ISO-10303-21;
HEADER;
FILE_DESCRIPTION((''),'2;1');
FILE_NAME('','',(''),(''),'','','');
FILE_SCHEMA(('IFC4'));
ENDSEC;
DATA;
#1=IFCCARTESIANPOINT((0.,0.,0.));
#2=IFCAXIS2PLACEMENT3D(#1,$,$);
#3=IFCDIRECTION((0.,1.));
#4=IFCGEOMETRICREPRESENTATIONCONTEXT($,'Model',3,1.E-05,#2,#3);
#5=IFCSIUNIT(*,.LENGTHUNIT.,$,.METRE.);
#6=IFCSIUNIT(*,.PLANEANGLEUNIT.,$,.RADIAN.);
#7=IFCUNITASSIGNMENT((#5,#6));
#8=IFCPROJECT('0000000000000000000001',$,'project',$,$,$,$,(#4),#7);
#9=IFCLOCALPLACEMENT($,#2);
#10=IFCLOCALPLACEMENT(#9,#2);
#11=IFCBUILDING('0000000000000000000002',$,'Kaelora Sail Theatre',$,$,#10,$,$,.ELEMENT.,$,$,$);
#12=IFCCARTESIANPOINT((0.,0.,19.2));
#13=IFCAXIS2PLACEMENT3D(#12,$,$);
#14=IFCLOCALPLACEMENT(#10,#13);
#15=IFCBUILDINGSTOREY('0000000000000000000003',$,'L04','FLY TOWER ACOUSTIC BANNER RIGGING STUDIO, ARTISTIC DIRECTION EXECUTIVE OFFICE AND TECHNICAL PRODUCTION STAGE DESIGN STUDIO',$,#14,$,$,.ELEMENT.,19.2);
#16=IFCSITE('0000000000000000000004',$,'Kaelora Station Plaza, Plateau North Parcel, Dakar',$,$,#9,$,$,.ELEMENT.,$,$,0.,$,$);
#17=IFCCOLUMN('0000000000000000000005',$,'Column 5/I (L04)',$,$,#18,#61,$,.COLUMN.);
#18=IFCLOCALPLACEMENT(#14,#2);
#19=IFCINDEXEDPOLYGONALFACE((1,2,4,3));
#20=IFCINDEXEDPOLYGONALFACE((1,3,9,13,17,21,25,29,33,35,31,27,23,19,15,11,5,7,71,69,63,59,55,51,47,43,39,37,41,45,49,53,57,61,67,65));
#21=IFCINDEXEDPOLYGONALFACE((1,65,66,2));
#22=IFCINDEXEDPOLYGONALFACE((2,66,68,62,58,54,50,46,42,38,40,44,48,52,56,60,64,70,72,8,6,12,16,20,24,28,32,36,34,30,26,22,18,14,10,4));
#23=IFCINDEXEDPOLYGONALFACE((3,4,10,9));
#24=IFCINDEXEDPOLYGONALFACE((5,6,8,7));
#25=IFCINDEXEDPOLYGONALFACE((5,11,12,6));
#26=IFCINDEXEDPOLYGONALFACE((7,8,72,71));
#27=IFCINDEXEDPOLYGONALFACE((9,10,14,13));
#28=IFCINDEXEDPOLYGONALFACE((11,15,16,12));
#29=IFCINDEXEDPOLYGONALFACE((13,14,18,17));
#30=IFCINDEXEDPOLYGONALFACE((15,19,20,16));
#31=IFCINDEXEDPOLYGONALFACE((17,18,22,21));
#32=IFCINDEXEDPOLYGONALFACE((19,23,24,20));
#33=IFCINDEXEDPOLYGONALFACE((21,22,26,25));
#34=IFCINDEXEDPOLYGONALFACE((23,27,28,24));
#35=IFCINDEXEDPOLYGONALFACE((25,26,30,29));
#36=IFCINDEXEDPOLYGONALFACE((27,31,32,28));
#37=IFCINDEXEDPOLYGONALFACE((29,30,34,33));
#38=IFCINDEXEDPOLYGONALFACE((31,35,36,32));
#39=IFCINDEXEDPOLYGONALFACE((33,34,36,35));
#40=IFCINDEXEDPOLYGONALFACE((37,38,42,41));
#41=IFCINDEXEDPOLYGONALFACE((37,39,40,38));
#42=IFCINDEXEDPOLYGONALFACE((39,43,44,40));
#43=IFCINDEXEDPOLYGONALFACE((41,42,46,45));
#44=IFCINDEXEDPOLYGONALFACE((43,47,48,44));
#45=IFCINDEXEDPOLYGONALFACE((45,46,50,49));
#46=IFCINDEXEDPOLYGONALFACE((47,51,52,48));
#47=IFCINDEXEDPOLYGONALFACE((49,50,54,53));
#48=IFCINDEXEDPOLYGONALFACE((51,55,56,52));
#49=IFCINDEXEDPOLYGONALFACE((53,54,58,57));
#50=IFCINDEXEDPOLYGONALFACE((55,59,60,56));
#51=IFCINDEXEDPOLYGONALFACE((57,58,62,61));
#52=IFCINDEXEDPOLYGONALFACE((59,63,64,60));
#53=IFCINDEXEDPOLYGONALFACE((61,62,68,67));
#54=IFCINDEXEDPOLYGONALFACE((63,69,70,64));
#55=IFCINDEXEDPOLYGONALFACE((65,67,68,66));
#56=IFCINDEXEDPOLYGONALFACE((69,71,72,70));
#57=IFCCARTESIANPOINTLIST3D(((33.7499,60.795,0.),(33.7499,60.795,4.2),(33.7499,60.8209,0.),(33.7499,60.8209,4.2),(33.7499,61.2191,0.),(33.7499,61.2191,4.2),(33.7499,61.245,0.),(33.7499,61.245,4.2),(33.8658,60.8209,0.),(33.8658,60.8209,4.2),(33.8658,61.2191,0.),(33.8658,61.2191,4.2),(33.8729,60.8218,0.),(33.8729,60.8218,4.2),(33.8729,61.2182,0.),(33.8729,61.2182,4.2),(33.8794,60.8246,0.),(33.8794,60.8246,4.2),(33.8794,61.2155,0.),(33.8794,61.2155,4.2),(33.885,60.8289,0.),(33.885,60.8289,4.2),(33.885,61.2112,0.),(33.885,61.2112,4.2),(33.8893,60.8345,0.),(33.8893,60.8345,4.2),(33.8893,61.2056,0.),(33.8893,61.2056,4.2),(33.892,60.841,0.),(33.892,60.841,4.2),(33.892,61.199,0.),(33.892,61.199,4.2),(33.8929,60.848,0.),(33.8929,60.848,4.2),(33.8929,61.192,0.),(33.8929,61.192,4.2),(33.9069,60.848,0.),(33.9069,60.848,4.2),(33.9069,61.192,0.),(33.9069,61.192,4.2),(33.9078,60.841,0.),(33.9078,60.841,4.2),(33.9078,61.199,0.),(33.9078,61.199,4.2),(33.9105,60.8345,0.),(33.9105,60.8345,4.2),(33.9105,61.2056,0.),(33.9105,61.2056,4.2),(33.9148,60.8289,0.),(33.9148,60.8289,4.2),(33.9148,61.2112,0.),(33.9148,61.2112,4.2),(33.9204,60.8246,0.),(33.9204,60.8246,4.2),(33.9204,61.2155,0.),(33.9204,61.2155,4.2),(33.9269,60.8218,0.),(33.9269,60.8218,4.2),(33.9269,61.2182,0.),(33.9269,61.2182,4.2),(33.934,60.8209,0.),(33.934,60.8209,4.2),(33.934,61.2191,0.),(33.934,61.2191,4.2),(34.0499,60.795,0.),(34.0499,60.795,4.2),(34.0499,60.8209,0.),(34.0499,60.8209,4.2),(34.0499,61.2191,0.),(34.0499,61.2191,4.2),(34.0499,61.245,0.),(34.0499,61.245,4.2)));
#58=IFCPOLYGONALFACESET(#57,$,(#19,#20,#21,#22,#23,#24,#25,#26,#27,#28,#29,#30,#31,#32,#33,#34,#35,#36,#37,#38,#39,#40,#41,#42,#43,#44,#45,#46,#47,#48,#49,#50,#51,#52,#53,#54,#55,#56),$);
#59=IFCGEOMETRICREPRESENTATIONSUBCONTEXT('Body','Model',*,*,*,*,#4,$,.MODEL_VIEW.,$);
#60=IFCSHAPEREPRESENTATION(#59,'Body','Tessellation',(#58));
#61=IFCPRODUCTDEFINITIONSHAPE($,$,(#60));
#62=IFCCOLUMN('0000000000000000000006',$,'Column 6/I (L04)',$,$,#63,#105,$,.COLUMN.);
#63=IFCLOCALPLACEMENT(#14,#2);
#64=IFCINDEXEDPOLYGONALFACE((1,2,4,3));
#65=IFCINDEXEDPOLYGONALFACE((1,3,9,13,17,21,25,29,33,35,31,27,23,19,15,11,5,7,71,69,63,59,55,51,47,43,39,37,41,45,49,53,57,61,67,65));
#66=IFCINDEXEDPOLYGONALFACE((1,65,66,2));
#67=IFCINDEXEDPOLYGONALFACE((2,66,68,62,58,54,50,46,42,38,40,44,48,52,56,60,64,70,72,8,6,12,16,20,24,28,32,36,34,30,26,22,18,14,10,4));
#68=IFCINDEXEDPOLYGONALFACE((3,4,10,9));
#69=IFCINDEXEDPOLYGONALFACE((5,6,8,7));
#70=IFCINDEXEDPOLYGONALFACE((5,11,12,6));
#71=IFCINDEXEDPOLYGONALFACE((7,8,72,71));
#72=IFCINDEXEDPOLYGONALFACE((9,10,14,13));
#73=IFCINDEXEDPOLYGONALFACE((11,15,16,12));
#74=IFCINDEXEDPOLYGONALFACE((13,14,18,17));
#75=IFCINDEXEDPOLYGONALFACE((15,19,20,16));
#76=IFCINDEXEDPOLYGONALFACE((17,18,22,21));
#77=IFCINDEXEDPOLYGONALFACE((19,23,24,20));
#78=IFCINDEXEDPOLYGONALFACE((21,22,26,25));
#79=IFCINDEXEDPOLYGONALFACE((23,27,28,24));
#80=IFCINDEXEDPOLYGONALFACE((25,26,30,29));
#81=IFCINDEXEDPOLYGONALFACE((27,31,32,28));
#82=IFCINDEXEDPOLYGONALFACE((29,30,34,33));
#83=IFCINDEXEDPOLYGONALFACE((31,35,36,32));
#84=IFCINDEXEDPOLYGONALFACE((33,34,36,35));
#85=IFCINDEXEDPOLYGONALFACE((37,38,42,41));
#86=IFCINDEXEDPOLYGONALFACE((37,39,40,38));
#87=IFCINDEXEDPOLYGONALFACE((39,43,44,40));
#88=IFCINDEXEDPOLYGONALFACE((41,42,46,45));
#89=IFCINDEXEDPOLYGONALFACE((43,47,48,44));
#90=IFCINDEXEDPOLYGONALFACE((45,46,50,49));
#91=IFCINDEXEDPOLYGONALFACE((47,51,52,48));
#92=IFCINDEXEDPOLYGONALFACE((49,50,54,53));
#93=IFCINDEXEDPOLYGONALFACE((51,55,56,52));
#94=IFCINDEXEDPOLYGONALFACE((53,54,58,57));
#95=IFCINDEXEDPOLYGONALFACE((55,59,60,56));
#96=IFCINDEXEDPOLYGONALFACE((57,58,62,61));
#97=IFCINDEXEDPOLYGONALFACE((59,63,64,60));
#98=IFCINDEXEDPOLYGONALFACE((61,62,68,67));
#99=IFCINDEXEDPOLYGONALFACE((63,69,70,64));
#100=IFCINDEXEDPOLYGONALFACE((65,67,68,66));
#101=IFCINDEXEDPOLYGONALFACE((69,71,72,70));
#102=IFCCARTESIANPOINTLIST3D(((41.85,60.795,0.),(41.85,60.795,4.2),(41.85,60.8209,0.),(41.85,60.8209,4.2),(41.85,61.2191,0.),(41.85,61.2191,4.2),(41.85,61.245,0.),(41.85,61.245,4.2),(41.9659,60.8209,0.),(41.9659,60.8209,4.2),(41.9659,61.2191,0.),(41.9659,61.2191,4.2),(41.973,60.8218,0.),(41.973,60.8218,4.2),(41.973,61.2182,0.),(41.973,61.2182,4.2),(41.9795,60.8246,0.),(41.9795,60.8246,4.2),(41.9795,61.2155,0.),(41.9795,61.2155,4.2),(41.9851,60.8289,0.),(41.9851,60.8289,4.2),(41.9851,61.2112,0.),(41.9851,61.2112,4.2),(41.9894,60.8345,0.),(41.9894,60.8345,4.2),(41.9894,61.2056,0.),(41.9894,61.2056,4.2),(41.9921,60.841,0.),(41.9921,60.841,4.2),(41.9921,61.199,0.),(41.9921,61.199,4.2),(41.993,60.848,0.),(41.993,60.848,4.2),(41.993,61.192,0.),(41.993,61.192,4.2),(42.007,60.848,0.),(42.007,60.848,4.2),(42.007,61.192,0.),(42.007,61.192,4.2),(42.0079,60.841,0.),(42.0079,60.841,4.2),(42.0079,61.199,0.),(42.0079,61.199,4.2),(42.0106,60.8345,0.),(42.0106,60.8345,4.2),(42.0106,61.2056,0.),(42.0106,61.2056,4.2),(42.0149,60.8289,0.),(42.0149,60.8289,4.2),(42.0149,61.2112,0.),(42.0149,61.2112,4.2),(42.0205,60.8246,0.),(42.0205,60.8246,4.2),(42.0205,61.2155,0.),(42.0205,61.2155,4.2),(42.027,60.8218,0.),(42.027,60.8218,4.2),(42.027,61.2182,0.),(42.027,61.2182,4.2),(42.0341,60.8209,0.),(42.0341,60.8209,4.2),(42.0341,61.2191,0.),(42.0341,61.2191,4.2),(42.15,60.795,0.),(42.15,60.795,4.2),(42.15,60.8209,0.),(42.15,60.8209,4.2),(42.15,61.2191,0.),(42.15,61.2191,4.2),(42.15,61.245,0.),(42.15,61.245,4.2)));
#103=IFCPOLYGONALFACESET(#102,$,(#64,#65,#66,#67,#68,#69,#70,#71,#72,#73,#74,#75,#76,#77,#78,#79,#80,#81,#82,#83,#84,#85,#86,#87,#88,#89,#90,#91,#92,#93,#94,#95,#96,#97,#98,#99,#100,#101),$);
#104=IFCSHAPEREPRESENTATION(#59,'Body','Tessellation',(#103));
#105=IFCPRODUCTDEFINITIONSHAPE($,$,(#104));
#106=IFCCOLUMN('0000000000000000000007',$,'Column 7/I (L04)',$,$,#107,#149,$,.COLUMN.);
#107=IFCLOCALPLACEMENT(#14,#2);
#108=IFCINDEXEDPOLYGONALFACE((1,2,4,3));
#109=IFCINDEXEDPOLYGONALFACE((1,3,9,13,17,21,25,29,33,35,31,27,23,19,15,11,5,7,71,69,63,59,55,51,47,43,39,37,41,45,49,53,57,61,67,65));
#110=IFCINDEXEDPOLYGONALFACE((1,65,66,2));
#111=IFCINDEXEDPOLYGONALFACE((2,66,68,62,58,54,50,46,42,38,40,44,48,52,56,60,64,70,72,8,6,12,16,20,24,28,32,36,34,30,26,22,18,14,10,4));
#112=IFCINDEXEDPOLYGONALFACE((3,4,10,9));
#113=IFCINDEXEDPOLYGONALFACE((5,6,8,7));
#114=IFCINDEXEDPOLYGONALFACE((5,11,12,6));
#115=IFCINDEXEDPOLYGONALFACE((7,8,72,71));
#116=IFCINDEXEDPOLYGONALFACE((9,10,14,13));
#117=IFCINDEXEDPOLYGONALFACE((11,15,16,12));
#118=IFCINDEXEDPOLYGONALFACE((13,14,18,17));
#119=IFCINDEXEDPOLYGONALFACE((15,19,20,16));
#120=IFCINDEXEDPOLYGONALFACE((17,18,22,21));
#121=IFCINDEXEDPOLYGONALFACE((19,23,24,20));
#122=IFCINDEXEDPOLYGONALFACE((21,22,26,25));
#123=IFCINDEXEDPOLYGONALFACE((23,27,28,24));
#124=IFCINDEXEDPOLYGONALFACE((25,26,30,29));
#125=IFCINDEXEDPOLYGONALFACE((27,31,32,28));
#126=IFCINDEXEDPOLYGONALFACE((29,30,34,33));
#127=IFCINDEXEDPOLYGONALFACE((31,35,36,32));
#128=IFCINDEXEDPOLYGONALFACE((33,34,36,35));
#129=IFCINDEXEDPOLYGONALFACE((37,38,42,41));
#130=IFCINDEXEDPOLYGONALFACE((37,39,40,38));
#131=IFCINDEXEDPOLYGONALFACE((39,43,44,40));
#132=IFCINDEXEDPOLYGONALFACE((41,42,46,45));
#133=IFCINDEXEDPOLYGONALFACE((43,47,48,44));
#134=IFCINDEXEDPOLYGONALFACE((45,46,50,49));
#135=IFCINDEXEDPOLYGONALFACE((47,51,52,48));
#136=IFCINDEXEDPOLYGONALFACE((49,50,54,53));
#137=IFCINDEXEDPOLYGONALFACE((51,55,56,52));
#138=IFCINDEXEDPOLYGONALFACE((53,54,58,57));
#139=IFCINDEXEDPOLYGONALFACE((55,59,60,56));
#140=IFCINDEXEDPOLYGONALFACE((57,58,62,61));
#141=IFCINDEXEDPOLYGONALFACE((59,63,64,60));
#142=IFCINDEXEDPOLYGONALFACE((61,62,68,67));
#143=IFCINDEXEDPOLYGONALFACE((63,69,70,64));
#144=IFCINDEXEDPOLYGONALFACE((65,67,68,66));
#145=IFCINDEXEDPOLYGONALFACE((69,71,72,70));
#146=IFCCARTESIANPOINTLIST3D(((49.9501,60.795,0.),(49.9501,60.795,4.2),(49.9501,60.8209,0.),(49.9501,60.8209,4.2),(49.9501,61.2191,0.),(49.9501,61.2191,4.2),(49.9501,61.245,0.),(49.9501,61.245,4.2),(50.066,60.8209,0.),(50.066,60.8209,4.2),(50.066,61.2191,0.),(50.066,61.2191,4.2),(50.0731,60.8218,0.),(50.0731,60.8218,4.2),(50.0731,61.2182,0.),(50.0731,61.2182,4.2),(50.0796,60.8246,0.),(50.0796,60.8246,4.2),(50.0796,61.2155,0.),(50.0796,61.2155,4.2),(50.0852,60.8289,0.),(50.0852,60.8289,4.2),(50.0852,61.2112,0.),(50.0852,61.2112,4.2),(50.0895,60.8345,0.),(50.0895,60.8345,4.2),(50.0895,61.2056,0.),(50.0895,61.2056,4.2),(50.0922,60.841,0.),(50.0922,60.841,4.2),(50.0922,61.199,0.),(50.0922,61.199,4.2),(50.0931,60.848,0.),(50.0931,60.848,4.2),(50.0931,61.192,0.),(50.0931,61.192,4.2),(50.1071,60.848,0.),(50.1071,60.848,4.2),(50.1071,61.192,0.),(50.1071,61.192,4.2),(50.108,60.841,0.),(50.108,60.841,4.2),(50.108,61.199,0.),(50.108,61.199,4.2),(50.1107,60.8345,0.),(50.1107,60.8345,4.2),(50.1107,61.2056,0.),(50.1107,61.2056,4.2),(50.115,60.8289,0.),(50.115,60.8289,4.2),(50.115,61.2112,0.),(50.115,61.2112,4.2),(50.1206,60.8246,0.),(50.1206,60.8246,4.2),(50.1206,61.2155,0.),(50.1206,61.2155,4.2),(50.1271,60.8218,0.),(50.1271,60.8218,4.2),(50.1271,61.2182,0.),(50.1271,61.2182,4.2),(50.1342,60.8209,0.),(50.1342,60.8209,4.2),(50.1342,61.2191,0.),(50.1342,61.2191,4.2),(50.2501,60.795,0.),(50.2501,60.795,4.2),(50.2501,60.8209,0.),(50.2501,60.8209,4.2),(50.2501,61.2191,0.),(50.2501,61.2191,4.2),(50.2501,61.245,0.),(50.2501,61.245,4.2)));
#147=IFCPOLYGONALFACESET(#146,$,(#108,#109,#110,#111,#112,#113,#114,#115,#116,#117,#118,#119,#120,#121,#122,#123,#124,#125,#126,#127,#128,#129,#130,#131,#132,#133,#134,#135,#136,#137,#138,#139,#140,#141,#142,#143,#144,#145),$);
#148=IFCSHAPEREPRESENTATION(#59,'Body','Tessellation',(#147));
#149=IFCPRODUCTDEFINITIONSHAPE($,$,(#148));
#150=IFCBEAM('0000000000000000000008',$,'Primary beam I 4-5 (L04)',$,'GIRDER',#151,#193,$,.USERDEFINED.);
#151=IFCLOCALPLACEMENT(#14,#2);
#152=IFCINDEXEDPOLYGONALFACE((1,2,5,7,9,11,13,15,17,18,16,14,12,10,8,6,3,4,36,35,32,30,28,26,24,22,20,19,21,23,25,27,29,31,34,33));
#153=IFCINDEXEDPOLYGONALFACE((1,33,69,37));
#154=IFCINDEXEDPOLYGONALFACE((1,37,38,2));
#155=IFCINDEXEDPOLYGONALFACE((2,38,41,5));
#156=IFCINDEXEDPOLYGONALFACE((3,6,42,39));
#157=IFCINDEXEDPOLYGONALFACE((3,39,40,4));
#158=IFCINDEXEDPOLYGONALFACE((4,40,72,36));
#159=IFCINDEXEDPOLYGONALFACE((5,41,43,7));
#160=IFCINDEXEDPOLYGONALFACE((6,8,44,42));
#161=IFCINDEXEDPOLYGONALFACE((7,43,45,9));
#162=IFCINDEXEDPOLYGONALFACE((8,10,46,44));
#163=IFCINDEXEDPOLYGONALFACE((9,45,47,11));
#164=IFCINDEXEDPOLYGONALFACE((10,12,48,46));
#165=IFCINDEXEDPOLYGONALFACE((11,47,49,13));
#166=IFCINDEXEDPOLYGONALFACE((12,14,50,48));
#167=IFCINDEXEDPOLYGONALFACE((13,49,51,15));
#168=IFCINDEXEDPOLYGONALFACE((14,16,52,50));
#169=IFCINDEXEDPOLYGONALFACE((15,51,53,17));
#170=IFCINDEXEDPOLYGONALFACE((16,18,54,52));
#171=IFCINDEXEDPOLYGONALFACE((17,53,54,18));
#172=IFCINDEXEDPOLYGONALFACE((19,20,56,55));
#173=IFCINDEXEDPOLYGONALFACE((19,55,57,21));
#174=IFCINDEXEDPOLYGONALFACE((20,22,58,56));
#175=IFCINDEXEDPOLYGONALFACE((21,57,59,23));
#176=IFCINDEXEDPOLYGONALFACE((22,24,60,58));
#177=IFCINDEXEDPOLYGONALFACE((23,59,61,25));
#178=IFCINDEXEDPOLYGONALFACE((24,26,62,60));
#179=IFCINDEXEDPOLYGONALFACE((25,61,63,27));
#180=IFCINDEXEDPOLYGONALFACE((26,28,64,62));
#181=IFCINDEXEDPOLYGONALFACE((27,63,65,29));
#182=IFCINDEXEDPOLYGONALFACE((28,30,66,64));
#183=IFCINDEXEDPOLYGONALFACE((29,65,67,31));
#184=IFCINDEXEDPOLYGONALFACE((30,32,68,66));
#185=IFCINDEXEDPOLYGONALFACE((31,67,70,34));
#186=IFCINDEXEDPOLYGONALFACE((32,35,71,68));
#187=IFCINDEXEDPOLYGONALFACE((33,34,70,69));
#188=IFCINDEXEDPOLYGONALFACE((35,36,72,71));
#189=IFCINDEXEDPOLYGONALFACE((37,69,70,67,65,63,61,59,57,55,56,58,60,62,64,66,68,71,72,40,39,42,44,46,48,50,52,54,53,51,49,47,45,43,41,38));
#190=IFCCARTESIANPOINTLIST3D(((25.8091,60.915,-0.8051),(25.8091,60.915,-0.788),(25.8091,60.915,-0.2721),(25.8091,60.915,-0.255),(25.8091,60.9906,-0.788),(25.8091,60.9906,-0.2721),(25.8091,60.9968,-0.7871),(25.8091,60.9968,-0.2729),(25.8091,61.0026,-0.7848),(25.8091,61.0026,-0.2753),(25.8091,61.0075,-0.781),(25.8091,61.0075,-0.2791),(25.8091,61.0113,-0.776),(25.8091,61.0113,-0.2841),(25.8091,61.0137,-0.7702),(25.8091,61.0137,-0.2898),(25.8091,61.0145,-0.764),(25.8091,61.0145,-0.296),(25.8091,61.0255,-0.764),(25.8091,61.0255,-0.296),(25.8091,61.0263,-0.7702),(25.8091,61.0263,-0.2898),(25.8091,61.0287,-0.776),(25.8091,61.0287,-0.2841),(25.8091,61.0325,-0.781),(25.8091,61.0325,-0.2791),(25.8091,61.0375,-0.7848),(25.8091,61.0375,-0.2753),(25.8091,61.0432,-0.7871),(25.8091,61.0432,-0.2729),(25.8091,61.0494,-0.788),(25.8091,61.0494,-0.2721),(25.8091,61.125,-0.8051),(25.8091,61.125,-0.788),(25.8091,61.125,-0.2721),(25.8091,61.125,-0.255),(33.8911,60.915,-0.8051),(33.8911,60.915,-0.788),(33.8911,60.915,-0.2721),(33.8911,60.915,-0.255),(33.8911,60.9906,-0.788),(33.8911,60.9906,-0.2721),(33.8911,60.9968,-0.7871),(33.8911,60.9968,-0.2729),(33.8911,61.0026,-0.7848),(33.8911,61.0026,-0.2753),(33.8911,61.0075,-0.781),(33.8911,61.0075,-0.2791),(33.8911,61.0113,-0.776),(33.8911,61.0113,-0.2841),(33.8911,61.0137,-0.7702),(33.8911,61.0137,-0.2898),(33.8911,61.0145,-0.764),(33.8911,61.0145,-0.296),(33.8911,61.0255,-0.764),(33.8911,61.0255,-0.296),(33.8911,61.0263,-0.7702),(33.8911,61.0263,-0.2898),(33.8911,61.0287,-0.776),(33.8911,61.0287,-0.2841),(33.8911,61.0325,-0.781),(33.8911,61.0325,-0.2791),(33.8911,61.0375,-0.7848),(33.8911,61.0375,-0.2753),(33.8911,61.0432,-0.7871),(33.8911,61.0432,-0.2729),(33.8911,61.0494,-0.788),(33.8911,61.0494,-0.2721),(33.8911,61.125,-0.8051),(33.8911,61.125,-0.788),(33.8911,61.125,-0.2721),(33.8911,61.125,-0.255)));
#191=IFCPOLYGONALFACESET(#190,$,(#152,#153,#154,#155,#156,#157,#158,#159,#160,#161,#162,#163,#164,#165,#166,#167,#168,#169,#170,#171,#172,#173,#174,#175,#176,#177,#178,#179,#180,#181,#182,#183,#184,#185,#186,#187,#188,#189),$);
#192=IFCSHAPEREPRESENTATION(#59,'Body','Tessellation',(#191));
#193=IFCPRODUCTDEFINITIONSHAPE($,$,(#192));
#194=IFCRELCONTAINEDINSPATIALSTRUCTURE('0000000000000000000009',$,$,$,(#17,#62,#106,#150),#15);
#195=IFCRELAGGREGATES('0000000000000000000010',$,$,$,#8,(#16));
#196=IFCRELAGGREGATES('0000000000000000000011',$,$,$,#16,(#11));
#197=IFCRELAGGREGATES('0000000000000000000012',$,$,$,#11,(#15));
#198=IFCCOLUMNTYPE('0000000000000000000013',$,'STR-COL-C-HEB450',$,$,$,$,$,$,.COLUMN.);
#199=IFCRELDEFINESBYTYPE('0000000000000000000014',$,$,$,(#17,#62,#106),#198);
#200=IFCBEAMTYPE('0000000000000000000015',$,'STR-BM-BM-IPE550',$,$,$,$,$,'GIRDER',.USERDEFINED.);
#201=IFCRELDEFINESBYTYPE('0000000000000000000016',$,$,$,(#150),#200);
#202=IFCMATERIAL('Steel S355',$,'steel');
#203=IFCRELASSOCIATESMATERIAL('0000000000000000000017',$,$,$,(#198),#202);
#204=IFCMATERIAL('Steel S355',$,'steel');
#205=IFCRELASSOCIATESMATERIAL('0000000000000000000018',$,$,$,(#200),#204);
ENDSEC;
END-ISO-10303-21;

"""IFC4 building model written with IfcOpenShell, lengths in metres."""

from ifc_helpers import new_model, si_unit, direction, frame, origin, origin_2d, place, context, subcontext, project, spatial, i_section, extrude, material, material_profile, profile_set, type_object, element, save


model = new_model("IFC4")

# Units and contexts
model_context = context("Model", 3, precision=1e-05, world=origin(), true_north=direction((0.0, 1.0)))
body_context = subcontext(model_context, "Body", "Model", "MODEL_VIEW")
ifc_project = project(units=[si_unit("LENGTHUNIT", "METRE"), si_unit("PLANEANGLEUNIT", "RADIAN")], contexts=[model_context])

# Site, building, storey
site_placement = place(None, origin())
site = spatial("IfcSite", under=ifc_project, at=site_placement, Name="Kaelora Station Plaza, Plateau North Parcel, Dakar", CompositionType="ELEMENT", RefElevation=0.0)
building_placement = place(site_placement, origin())
building = spatial("IfcBuilding", under=site, at=building_placement, Name="Kaelora Sail Theatre", CompositionType="ELEMENT")
storey_placement = place(building_placement, frame((0.0, 0.0, 19.2)))
storey = spatial("IfcBuildingStorey", under=building, at=storey_placement, Name="L04", Description="FLY TOWER ACOUSTIC BANNER RIGGING STUDIO, ARTISTIC DIRECTION EXECUTIVE OFFICE AND TECHNICAL PRODUCTION STAGE DESIGN STUDIO", CompositionType="ELEMENT", Elevation=19.2)

# Columns
ifc_material_1 = material(Name="Steel S355", Category="steel")
ifc_material_profile_1 = material_profile(ifc_material_1, i_section(OverallWidth=0.3, OverallDepth=0.45, WebThickness=0.0139, FlangeThickness=0.0259, FilletRadius=0.0271, at=origin_2d()), Name="HEB 450")
ifc_profile_set_1 = profile_set([ifc_material_profile_1], Name="Steel S355")
column_type = type_object("IfcColumnType", Name="STR-COL-C-HEB450", PredefinedType="COLUMN", material=ifc_profile_set_1)
for number, where, z_axis, x_axis, name in (
    (1, (33.8999, 61.02, 0.0), (0.0, 0.0, 1.0), (1.0, 0.0, 0.0), "Column 5/I (L04)"),
    (2, (42.0, 61.02, 0.0), (0.0, 0.0, 1.0), (1.0, 0.0, 0.0), "Column 6/I (L04)"),
    (3, (50.1001, 61.02, 0.0), (0.0, 0.0, 1.0), (1.0, 0.0, 0.0), "Column 7/I (L04)"),
):
    element("IfcColumn", number, at=place(storey_placement, frame(where, z_axis=z_axis, x_axis=x_axis)), inside=storey, type_object=column_type, Name=name, PredefinedType="COLUMN", context=body_context, shape_type="SweptSolid", body=[
        extrude(i_section(OverallWidth=0.3, OverallDepth=0.45, WebThickness=0.0139, FlangeThickness=0.0259, FilletRadius=0.0271, at=origin_2d()), origin(), (0.0, 0.0, 1.0), 4.2),
    ])

# Beam
ifc_material_2 = material(Name="Steel S355", Category="steel")
ifc_material_profile_2 = material_profile(ifc_material_2, i_section(OverallWidth=0.21, OverallDepth=0.55, WebThickness=0.011, FlangeThickness=0.0171, FilletRadius=0.0239, at=origin_2d()), Name="IPE 550")
ifc_profile_set_2 = profile_set([ifc_material_profile_2], Name="Steel S355")
beam_type_1 = type_object("IfcBeamType", Name="STR-BM-BM-IPE550", ElementType="GIRDER", PredefinedType="USERDEFINED", material=ifc_profile_set_2)
for number, where, z_axis, x_axis, name in (
    (4, (25.8091, 61.02, -0.53), (1.0, 0.0, 0.0), (0.0, 1.0, 0.0), "Primary beam I 4-5 (L04)"),
):
    element("IfcBeam", number, at=place(storey_placement, frame(where, z_axis=z_axis, x_axis=x_axis)), inside=storey, type_object=beam_type_1, Name=name, ObjectType="GIRDER", PredefinedType="USERDEFINED", context=body_context, shape_type="SweptSolid", body=[
        extrude(i_section(OverallWidth=0.21, OverallDepth=0.55, WebThickness=0.011, FlangeThickness=0.0171, FilletRadius=0.0239, at=origin_2d()), origin(), (0.0, 0.0, 1.0), 8.082),
    ])

save(model, "model.ifc")
